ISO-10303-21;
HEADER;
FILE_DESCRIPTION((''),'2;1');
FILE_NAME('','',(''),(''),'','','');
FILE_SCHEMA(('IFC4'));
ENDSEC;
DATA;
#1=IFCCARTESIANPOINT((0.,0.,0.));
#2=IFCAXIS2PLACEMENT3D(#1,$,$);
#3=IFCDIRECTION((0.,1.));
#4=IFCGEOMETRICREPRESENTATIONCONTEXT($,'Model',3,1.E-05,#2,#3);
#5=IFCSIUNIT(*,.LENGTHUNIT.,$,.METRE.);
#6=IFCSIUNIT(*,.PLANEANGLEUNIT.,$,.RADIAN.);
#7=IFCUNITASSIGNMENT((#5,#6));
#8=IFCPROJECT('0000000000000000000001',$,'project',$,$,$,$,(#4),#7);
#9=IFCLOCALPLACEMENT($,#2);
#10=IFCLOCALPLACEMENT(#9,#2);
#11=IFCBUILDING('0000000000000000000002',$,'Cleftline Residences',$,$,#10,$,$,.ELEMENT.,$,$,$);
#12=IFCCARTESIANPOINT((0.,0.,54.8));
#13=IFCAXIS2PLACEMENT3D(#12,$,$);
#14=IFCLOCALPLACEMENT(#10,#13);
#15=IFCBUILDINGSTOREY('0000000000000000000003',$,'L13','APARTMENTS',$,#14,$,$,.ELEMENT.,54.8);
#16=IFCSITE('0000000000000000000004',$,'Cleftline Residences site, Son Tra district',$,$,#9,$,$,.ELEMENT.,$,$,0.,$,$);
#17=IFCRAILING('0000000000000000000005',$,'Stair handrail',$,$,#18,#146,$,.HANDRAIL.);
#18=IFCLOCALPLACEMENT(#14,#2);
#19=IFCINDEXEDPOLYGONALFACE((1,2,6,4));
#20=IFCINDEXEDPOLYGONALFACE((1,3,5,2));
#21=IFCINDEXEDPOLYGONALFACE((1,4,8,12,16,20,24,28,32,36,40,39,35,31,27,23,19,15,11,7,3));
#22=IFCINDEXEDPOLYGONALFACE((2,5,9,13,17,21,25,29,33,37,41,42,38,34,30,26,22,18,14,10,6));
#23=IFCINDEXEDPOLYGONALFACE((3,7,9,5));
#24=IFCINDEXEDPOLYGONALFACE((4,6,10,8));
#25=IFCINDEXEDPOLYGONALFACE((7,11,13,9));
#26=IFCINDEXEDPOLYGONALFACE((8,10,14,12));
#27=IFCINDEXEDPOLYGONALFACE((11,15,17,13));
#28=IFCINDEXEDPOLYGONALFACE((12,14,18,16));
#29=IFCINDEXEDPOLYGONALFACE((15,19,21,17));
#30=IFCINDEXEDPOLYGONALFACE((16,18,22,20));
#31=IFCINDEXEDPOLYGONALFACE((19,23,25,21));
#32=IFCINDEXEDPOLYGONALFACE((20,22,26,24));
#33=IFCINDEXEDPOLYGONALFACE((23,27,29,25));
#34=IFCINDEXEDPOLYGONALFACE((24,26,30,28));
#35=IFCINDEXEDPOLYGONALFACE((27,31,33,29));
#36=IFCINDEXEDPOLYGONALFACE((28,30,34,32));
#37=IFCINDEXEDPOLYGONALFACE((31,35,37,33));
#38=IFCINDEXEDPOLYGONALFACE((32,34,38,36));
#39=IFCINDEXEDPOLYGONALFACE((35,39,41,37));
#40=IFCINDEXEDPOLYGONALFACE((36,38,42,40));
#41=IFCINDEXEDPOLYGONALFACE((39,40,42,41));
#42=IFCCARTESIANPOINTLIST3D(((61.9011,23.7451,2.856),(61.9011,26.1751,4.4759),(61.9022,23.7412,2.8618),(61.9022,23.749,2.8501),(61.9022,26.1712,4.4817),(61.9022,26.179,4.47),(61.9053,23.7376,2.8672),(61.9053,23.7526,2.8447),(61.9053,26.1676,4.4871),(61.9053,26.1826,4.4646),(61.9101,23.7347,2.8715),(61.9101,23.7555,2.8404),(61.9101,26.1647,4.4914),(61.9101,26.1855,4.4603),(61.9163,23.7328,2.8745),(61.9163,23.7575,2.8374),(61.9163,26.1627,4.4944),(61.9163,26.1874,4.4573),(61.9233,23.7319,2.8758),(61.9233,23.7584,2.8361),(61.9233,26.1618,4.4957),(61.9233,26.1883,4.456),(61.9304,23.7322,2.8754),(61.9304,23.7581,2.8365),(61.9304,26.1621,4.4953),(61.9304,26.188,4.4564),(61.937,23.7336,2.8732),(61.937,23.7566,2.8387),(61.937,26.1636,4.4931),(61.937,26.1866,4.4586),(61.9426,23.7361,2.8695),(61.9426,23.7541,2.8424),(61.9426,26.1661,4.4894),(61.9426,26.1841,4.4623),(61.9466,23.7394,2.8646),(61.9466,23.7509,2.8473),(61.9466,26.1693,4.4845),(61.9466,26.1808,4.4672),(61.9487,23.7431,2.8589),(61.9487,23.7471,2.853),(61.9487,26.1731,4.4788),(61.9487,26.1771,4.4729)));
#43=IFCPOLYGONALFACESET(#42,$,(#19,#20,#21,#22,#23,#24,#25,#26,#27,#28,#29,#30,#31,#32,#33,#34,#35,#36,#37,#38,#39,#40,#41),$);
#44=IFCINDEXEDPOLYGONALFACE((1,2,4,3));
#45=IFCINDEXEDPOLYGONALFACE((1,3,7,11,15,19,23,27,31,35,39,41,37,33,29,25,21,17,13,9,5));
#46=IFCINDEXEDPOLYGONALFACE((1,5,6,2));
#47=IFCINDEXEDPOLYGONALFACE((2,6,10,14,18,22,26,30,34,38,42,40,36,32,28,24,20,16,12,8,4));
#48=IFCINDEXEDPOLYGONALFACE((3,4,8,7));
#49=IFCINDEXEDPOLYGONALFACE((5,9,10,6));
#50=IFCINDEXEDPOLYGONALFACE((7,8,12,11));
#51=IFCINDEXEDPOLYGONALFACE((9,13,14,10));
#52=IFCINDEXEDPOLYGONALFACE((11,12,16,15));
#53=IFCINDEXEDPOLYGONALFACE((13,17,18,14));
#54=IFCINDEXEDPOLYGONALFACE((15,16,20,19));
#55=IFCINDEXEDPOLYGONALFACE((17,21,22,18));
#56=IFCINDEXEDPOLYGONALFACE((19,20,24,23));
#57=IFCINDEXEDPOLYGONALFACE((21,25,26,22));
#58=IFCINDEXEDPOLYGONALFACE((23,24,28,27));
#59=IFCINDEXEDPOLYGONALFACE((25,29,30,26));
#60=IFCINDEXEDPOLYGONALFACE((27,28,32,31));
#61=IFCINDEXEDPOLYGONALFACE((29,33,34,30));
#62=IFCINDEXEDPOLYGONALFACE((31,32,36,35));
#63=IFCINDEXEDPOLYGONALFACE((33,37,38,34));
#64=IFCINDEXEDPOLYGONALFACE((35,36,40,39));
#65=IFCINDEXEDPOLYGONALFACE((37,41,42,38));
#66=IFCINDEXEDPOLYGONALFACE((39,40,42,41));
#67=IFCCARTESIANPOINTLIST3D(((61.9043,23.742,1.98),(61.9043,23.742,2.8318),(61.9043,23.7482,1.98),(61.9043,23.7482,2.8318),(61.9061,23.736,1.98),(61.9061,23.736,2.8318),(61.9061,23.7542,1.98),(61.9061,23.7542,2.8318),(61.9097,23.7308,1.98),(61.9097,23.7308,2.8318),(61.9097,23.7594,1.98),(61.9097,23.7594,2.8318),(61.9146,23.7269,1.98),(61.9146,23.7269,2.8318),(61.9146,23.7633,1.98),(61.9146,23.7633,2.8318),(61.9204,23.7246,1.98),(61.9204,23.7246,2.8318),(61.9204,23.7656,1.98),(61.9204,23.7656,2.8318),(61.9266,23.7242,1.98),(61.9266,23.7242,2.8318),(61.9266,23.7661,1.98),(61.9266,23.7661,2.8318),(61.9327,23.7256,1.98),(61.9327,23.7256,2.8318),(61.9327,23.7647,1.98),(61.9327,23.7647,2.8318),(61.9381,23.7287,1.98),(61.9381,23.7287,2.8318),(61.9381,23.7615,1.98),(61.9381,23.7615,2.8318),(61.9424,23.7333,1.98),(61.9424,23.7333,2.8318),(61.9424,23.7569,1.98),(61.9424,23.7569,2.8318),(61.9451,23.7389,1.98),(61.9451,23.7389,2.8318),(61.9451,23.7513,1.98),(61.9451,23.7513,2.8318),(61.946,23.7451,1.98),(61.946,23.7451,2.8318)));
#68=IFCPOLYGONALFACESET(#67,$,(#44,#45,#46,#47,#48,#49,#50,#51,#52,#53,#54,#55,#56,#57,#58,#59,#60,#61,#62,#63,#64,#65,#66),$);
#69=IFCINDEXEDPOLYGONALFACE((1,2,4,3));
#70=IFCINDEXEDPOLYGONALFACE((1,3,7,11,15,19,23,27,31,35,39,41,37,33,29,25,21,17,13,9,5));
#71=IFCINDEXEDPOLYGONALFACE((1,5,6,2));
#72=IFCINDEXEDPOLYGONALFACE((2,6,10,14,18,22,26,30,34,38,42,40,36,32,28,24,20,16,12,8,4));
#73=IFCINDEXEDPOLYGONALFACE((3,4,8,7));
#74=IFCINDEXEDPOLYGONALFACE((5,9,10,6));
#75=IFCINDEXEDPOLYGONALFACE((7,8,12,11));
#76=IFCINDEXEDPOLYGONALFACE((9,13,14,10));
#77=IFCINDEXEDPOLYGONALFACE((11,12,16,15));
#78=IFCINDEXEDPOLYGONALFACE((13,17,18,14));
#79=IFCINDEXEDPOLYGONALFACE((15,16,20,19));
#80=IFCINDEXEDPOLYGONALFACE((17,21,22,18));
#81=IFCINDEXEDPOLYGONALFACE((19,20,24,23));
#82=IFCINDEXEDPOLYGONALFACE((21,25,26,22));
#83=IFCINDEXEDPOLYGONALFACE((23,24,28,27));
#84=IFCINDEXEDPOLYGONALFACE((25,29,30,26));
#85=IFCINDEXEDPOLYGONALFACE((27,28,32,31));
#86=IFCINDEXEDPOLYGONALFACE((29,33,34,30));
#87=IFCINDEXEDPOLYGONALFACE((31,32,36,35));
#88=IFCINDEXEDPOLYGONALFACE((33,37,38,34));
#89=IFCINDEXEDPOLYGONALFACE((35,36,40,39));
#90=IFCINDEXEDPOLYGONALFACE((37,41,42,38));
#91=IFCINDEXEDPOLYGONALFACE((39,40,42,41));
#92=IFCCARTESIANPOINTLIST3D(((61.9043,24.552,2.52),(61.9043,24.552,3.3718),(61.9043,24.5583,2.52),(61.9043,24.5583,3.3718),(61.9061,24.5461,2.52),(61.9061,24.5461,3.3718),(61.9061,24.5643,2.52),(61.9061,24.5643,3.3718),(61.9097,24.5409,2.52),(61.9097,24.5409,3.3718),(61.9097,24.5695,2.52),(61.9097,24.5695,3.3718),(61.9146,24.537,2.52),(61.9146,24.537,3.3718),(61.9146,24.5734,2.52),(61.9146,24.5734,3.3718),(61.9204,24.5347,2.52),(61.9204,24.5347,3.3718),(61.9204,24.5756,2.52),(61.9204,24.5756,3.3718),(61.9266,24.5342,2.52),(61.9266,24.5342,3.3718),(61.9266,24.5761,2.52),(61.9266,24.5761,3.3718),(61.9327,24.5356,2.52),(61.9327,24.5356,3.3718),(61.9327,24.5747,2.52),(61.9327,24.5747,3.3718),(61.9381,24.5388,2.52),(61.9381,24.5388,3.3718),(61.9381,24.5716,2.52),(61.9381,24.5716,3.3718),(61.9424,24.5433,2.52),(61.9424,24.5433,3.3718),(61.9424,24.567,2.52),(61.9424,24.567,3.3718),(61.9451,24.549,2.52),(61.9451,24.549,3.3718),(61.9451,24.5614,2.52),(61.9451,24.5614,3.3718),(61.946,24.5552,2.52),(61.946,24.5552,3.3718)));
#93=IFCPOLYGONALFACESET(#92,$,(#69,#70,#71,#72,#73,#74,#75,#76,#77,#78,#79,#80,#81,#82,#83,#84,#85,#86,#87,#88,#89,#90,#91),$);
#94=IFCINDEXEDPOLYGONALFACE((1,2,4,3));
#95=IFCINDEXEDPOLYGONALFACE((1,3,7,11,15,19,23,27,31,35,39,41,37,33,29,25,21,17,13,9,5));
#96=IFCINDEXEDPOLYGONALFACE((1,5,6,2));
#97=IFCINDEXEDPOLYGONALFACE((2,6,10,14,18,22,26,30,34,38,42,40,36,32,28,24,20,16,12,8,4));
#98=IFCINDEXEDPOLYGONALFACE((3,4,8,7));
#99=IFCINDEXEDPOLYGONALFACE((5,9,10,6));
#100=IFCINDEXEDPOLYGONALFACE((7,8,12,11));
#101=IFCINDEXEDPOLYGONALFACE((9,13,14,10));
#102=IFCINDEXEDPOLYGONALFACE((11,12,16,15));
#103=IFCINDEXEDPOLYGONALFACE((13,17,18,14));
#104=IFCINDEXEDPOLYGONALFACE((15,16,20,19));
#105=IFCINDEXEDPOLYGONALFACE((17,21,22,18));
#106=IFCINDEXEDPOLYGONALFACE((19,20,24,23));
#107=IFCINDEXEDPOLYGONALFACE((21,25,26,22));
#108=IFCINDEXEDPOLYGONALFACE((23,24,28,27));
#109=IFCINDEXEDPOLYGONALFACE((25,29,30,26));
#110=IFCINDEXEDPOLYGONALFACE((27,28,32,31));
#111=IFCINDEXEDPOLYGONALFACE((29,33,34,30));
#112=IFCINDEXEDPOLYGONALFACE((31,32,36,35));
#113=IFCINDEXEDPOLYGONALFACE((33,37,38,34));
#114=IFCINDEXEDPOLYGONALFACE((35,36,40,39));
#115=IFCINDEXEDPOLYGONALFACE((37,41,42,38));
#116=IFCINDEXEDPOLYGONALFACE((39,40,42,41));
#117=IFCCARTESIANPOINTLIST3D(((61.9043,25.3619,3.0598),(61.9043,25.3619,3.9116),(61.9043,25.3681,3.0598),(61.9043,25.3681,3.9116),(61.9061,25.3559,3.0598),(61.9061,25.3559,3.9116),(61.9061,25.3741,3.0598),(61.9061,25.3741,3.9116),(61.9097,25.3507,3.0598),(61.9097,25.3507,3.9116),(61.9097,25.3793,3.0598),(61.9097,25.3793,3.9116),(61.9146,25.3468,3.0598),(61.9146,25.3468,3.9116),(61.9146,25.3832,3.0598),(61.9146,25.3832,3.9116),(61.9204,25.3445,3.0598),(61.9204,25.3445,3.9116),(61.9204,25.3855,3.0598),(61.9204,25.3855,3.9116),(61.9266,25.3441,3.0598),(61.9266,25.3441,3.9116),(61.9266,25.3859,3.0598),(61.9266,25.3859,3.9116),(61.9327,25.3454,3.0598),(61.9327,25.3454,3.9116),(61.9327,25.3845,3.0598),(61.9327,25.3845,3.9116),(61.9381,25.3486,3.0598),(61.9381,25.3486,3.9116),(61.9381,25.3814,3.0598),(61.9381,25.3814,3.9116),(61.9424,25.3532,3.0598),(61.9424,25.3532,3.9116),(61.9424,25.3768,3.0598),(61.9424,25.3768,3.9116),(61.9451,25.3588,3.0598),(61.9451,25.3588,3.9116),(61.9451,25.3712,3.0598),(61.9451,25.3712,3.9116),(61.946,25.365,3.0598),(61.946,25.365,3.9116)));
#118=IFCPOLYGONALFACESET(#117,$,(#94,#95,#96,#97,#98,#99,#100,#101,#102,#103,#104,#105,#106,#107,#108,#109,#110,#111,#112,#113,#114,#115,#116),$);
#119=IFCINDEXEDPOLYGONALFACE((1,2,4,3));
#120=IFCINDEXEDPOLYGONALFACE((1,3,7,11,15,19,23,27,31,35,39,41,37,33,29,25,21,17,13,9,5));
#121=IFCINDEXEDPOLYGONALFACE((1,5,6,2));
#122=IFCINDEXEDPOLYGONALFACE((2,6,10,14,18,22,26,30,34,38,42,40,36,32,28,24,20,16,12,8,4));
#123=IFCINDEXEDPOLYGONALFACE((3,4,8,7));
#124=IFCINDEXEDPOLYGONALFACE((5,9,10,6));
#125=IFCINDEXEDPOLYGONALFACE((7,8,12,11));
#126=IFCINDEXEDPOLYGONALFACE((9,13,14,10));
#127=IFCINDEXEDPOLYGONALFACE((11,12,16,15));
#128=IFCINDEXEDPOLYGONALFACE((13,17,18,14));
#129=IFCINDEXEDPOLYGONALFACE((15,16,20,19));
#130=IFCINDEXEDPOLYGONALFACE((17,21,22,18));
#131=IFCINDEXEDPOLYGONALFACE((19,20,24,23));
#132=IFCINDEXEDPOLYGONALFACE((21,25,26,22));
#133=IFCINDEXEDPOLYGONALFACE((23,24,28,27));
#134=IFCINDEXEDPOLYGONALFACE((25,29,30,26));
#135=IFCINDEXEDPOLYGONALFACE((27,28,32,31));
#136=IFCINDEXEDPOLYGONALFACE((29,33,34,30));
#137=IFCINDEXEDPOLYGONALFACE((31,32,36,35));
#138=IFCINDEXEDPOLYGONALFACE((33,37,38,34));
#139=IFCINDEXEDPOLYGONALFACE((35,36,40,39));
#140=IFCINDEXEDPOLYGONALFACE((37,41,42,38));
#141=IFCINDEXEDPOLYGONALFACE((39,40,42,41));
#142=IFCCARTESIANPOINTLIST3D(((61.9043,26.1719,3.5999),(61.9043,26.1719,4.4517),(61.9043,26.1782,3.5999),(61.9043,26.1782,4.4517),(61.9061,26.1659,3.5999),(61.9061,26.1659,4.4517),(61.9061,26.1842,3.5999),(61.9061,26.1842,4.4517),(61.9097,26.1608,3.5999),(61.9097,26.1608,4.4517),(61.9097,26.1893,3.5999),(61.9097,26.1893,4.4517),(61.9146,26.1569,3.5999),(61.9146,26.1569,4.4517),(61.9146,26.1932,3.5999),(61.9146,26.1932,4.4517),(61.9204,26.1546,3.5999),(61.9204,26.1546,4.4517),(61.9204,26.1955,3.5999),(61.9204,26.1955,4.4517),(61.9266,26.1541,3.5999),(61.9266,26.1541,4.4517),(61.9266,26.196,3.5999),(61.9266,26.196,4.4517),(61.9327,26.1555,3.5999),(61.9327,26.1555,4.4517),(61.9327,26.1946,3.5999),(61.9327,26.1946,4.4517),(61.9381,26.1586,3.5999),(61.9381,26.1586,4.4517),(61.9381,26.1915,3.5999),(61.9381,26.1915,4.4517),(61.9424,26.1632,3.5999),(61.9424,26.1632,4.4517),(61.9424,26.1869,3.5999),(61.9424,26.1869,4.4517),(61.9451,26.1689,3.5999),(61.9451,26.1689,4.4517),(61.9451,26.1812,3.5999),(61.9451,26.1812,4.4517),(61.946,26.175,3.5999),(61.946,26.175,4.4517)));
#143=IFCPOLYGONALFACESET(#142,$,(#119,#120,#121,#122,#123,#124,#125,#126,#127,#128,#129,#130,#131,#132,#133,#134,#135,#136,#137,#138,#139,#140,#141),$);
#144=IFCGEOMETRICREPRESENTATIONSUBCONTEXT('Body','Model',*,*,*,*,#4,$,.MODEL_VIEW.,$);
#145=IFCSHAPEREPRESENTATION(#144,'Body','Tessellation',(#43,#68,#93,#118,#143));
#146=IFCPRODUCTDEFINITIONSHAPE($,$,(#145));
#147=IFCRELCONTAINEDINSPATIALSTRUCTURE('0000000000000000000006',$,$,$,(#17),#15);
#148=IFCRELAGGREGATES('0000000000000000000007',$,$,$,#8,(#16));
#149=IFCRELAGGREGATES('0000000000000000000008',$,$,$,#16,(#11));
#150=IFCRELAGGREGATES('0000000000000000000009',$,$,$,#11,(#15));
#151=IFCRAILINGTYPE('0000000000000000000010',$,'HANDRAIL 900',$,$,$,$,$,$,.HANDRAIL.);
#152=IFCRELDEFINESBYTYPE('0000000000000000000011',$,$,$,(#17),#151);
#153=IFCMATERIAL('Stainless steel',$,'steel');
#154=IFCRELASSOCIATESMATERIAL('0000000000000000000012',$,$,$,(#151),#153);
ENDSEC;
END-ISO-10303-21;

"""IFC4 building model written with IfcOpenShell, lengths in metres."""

from ifc_helpers import new_model, si_unit, direction, frame, origin, origin_2d, place, context, subcontext, project, spatial, circle, extrude, material, type_object, element, save


model = new_model("IFC4")

# Units and contexts
model_context = context("Model", 3, precision=1e-05, world=origin(), true_north=direction((0.0, 1.0)))
body_context = subcontext(model_context, "Body", "Model", "MODEL_VIEW")
ifc_project = project(units=[si_unit("LENGTHUNIT", "METRE"), si_unit("PLANEANGLEUNIT", "RADIAN")], contexts=[model_context])

# Site, building, storey
site_placement = place(None, origin())
site = spatial("IfcSite", under=ifc_project, at=site_placement, Name="Cleftline Residences site, Son Tra district", CompositionType="ELEMENT", RefElevation=0.0)
building_placement = place(site_placement, origin())
building = spatial("IfcBuilding", under=site, at=building_placement, Name="Cleftline Residences", CompositionType="ELEMENT")
storey_placement = place(building_placement, frame((0.0, 0.0, 54.8)))
storey = spatial("IfcBuildingStorey", under=building, at=storey_placement, Name="L13", Description="APARTMENTS", CompositionType="ELEMENT", Elevation=54.8)

# Railing
ifc_material_1 = material(Name="Stainless steel", Category="steel")
railing_type = type_object("IfcRailingType", Name="HANDRAIL 900", PredefinedType="HANDRAIL", material=ifc_material_1)
railing_1_placement = place(storey_placement, frame((61.925, 23.7451, 1.98)))
element("IfcRailing", 1, at=railing_1_placement, inside=storey, type_object=railing_type, Name="Stair handrail", PredefinedType="HANDRAIL", context=body_context, shape_type="SweptSolid", body=[
    extrude(circle(Radius=0.0239, at=origin_2d()), frame((0.0, 0.0, 0.876), z_axis=(0.0, 0.832063, 0.554681), x_axis=(-1.0, 0.0, 0.0)), (0.0, 0.0, 1.0), 2.9204),
    extrude(circle(Radius=0.021, at=origin_2d()), origin(), (0.0, 0.0, 1.0), 0.8518),
    extrude(circle(Radius=0.021, at=origin_2d()), frame((0.0, 0.8101, 0.54)), (0.0, 0.0, 1.0), 0.8518),
    extrude(circle(Radius=0.021, at=origin_2d()), frame((0.0, 1.6199, 1.0798)), (0.0, 0.0, 1.0), 0.8518),
    extrude(circle(Radius=0.021, at=origin_2d()), frame((0.0, 2.4299, 1.6199)), (0.0, 0.0, 1.0), 0.8518),
])

save(model, "model.ifc")
